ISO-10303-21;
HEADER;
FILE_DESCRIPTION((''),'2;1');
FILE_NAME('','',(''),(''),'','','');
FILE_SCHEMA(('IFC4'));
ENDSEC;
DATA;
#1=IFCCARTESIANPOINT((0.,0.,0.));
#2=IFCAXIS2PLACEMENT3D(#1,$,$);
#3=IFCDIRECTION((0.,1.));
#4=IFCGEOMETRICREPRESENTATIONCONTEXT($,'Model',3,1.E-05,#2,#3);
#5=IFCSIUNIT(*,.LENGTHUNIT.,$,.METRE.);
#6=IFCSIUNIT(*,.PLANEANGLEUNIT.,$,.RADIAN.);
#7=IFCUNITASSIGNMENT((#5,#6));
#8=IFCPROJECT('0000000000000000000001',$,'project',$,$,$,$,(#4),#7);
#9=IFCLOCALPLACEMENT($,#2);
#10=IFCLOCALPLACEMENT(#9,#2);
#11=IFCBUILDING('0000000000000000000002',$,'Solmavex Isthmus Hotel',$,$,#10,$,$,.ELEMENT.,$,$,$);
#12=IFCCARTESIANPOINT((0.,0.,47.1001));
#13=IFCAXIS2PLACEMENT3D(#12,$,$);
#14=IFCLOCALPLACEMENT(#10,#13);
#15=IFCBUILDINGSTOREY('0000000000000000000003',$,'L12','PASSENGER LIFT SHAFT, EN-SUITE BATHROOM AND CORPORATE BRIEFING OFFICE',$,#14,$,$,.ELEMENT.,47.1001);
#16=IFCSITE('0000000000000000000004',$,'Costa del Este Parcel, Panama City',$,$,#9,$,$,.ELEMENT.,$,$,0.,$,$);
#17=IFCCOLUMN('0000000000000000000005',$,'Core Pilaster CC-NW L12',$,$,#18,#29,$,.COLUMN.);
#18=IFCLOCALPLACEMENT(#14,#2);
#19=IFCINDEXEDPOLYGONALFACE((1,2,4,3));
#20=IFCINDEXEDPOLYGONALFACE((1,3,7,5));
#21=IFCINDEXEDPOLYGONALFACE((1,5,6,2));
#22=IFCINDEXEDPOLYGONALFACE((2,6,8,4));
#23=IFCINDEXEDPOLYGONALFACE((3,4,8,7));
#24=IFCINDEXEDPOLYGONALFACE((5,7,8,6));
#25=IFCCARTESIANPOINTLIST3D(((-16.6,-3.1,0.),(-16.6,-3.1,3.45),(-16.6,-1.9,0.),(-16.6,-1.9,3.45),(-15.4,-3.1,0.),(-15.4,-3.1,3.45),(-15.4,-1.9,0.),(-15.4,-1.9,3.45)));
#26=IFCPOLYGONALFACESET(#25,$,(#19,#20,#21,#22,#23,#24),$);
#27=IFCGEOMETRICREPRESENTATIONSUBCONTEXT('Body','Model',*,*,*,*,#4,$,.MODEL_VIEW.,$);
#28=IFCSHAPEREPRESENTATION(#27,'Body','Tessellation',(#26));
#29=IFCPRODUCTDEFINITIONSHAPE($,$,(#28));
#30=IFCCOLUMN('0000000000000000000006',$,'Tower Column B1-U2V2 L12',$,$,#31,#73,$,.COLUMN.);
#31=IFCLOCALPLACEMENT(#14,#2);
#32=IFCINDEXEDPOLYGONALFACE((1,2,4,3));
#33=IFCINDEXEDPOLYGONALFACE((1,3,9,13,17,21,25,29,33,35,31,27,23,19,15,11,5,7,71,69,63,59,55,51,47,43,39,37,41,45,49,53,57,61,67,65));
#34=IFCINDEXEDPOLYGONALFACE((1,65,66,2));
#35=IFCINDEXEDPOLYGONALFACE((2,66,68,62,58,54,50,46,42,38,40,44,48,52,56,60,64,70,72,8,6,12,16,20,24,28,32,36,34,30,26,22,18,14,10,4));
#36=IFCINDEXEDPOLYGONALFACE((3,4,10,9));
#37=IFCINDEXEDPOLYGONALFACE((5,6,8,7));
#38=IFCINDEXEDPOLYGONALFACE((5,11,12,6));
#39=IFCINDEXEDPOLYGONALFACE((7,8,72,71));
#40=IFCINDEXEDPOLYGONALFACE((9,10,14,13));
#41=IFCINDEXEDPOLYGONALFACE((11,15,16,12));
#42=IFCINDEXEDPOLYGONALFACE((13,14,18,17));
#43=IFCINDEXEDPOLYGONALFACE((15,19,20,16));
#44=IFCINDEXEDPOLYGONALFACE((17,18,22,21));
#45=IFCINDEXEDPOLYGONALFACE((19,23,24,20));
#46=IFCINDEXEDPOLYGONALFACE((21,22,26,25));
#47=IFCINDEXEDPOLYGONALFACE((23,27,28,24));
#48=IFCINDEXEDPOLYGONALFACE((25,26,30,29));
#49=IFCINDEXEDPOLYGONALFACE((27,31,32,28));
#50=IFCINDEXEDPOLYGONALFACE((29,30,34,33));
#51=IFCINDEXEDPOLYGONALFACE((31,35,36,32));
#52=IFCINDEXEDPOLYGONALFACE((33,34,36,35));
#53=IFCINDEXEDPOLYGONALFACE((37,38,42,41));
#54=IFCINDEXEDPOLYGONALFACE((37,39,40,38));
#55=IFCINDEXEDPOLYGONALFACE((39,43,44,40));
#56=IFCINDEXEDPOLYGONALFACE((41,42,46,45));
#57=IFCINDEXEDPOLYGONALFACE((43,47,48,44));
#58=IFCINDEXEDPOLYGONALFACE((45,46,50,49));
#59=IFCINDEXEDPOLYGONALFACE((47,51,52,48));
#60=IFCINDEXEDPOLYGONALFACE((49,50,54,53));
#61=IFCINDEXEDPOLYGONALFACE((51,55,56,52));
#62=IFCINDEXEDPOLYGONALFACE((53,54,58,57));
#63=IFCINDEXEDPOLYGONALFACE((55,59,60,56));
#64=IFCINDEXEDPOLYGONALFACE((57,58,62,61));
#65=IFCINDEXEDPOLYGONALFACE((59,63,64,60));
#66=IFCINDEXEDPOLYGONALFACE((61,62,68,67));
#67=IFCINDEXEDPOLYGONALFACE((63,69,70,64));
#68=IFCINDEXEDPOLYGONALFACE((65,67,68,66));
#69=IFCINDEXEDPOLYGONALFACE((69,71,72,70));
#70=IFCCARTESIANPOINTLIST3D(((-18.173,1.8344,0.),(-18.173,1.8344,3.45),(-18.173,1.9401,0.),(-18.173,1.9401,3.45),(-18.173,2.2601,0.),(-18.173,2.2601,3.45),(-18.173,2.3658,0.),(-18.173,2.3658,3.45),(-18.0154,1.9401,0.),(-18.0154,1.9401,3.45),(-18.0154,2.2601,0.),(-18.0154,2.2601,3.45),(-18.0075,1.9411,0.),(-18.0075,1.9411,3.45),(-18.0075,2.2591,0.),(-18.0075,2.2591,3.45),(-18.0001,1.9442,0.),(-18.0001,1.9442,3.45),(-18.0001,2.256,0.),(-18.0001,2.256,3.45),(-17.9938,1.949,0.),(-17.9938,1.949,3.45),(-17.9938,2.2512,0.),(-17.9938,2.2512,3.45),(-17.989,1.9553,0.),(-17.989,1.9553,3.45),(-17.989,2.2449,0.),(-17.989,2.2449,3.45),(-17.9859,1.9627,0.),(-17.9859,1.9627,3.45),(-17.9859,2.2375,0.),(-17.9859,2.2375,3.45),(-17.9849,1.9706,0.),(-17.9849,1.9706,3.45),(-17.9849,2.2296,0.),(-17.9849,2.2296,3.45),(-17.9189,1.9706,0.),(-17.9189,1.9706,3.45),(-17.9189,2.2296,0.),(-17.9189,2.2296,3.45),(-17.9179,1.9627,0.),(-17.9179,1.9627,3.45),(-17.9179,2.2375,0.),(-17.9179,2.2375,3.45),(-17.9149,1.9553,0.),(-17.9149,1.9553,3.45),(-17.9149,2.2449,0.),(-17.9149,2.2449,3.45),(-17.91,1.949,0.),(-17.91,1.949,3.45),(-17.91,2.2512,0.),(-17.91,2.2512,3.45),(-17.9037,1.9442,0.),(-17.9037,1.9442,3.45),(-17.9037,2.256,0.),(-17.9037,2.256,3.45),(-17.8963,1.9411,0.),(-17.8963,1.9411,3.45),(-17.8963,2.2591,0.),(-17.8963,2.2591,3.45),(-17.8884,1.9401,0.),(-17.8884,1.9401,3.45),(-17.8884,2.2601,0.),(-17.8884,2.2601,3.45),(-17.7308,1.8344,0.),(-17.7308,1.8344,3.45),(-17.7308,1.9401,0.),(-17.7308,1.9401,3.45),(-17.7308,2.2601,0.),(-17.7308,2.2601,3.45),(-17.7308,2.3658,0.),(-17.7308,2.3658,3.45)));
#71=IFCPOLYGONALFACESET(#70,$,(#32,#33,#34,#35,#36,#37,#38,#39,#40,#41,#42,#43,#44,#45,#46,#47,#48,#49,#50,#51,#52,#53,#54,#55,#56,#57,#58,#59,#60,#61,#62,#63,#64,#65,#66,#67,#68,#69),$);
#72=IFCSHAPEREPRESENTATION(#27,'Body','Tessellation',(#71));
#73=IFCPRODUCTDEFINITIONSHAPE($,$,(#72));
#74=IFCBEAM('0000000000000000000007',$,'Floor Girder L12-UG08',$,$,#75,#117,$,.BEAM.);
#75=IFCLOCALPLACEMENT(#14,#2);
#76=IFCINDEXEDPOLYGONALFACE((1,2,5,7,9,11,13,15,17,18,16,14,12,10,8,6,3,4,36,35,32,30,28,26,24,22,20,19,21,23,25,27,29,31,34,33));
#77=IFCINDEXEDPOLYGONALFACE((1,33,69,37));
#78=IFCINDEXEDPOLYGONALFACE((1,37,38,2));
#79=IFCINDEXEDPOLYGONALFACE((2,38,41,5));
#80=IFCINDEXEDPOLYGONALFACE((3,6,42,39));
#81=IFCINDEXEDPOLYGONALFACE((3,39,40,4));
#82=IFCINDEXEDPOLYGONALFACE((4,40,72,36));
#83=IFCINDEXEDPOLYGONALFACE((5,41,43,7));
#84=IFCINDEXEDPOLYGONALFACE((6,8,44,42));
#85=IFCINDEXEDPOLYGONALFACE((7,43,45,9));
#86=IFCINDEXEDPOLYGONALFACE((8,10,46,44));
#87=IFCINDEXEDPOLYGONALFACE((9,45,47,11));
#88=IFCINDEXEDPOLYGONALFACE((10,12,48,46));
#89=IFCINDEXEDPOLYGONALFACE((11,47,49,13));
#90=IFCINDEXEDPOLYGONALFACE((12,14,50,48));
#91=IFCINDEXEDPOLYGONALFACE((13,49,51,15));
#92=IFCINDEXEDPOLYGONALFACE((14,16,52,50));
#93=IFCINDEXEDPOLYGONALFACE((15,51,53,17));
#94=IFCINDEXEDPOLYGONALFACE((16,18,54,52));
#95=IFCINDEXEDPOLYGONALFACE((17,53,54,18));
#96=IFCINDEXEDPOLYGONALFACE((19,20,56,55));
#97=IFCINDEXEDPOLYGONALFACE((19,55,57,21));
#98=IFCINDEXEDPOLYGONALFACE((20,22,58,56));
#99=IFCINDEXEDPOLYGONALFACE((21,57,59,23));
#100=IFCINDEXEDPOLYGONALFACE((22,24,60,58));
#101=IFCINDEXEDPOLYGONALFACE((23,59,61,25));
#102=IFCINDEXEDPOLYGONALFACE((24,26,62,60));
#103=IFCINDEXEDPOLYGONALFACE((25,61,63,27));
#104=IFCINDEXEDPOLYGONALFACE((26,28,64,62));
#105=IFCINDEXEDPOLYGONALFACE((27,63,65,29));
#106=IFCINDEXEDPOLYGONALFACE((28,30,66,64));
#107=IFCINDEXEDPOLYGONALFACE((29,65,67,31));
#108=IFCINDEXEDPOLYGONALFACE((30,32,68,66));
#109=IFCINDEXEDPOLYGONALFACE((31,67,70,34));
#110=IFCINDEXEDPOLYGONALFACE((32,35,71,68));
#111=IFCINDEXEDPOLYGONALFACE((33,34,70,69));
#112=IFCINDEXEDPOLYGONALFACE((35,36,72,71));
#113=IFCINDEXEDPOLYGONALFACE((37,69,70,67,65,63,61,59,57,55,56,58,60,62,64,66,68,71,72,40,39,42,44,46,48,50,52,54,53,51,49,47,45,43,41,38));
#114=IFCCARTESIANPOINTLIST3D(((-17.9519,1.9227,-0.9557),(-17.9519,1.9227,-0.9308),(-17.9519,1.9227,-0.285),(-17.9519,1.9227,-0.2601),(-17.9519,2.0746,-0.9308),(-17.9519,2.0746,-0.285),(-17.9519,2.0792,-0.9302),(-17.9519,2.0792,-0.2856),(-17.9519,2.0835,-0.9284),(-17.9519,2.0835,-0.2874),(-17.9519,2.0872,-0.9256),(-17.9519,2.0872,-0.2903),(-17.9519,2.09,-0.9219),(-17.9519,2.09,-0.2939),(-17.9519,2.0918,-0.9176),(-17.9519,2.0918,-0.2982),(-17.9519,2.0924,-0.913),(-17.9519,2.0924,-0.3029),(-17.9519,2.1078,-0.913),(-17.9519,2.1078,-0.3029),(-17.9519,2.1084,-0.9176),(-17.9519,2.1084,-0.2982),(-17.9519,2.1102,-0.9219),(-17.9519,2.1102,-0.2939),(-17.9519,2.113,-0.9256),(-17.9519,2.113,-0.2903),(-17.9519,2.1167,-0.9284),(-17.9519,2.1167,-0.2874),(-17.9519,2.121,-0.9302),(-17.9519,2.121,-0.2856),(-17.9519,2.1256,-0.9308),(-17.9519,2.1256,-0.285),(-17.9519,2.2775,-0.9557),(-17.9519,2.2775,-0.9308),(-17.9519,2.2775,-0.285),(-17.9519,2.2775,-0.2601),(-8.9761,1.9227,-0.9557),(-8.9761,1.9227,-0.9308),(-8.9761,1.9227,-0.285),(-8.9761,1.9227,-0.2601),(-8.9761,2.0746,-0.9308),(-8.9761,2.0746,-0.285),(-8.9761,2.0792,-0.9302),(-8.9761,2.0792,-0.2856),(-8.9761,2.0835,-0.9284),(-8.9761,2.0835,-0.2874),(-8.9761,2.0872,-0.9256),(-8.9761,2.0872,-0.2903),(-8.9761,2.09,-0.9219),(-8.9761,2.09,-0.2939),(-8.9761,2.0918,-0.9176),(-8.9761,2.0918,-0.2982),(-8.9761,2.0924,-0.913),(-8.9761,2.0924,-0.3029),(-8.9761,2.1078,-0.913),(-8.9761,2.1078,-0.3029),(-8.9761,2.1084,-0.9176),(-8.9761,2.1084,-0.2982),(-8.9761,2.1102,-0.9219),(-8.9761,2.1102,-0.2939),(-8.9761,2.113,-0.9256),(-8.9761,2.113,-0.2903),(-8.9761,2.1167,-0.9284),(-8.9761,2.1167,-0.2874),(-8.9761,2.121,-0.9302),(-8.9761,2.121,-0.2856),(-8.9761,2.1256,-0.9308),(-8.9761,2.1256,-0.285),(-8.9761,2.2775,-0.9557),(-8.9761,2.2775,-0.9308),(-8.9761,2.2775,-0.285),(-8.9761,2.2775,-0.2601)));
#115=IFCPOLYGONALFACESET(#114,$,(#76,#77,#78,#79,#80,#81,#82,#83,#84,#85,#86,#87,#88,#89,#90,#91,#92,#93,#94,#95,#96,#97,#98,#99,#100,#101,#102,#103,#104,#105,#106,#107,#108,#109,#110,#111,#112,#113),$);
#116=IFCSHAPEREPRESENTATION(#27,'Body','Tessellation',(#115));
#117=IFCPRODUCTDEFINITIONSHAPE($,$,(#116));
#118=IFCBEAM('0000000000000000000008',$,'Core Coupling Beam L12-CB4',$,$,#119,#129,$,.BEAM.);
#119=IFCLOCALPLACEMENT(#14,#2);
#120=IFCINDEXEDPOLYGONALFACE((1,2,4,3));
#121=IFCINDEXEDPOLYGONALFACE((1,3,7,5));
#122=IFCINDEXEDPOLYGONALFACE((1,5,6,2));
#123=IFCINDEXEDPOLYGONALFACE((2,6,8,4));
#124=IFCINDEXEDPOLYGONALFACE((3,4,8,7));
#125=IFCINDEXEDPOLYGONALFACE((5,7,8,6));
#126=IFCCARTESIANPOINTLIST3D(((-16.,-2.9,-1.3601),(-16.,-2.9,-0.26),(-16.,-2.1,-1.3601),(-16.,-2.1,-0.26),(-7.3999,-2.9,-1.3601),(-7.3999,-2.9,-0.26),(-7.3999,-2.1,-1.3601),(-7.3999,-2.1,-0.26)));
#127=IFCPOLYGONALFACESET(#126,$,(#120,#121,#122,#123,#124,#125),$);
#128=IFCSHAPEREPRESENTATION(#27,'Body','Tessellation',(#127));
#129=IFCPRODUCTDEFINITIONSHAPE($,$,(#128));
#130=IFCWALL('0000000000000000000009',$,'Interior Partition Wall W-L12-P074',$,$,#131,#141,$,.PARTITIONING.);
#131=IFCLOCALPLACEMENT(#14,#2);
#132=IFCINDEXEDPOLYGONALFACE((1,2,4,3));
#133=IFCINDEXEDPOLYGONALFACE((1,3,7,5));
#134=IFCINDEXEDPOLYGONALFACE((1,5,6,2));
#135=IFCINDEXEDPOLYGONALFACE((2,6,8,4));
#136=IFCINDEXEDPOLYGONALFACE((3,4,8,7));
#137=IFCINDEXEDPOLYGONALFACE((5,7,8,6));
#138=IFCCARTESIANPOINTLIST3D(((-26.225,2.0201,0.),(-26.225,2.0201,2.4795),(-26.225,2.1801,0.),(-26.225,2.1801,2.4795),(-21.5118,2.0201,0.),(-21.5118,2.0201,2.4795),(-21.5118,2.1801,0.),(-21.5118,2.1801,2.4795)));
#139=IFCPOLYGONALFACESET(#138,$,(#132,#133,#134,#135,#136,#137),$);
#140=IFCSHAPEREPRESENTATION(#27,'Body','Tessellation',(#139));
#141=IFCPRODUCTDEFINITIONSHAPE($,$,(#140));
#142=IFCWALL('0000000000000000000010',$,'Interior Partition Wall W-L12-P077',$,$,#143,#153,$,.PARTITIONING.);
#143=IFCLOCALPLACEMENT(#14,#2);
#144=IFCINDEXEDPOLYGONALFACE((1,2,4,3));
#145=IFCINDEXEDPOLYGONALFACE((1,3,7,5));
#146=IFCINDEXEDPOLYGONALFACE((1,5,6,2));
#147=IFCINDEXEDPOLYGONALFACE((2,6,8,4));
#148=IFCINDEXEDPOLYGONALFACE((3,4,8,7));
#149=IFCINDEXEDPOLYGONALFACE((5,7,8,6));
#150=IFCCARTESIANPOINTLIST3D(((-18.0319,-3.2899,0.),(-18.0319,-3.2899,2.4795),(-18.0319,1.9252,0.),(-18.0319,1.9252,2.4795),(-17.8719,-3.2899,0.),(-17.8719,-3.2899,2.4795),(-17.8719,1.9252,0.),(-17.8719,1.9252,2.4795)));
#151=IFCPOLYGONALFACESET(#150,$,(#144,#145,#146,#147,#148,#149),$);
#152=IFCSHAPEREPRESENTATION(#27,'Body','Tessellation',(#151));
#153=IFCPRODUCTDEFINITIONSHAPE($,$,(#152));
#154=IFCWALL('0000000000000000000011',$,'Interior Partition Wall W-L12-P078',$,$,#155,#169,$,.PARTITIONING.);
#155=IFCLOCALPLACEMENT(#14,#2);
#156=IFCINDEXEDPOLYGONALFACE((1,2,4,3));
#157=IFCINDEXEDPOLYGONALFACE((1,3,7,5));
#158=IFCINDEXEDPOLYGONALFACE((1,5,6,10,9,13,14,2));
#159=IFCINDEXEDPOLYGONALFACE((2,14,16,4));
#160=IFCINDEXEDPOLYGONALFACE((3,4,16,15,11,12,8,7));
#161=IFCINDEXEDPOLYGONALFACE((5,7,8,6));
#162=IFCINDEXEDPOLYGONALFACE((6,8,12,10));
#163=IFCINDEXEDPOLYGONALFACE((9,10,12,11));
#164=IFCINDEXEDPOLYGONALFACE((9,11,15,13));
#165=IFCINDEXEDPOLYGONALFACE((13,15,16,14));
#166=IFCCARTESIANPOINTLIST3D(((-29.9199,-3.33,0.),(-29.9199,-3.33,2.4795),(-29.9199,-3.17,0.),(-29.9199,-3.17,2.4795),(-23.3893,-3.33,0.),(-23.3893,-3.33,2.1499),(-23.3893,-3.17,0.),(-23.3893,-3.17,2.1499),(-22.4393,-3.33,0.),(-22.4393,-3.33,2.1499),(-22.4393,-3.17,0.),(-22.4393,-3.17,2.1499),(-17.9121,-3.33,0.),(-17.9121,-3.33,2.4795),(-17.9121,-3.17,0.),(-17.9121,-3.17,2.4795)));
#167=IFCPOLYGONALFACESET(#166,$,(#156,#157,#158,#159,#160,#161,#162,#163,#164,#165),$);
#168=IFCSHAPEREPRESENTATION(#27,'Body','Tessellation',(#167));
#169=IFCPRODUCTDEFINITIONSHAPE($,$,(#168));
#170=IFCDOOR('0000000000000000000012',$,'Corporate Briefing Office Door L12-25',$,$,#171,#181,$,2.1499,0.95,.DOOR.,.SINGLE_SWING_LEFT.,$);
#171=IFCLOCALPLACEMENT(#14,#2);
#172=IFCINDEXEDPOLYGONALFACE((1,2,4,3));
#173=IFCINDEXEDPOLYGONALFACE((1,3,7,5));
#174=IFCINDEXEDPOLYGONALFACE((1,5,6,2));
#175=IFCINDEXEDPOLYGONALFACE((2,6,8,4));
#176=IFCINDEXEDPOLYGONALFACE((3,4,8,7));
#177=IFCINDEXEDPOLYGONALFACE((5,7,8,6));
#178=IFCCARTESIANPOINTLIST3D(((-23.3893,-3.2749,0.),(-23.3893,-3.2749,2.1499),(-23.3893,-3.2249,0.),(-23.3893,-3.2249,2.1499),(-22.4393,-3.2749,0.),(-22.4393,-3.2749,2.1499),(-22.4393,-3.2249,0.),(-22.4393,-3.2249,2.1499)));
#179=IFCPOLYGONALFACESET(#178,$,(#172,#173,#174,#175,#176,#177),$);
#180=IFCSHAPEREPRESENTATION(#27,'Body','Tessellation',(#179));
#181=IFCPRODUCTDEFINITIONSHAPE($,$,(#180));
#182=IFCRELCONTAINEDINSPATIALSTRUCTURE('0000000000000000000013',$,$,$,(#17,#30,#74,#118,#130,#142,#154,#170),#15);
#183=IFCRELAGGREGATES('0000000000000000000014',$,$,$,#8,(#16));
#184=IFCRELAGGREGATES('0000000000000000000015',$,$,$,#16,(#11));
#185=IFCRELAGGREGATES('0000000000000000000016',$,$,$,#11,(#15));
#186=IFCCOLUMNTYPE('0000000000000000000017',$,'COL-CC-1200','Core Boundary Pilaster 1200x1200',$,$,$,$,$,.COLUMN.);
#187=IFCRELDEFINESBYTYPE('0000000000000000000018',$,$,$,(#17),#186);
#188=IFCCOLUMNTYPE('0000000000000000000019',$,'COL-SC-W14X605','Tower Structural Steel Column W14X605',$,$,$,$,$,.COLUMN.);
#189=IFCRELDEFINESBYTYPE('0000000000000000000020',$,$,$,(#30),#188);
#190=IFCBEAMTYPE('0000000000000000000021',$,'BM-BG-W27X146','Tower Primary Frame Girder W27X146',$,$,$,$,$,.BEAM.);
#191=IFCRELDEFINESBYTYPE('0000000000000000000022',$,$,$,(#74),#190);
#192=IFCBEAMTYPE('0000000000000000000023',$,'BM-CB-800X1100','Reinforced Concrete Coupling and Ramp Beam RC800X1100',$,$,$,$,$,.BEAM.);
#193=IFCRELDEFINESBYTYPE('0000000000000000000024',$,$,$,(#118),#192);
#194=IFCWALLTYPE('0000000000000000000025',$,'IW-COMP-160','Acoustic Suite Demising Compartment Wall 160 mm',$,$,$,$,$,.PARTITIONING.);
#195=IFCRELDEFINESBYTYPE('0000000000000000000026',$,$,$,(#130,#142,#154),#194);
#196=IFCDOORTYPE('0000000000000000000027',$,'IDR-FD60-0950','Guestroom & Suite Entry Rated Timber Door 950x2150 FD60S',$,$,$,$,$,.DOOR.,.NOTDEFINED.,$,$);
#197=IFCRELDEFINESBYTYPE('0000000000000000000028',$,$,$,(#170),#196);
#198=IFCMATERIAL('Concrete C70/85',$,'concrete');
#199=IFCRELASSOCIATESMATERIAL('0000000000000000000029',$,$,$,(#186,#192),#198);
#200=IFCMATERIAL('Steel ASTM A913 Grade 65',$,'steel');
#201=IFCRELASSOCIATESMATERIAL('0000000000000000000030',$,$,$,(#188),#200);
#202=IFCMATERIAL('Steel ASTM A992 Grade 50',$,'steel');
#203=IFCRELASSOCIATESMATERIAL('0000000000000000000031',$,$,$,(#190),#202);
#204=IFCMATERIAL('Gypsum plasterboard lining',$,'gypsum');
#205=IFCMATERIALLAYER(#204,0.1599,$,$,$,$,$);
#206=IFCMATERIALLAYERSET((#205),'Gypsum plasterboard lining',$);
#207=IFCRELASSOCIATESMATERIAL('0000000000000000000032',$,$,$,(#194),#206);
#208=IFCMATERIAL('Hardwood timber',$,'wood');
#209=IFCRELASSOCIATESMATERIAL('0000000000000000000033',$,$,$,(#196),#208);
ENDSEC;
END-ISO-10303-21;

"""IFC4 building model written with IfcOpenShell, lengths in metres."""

from ifc_helpers import new_model, si_unit, direction, frame, frame_2d, origin, origin_2d, place, context, subcontext, project, spatial, rectangle, i_section, extrude, material, layer, layer_set, material_profile, profile_set, type_object, element, fill, save


model = new_model("IFC4")

# Units and contexts
model_context = context("Model", 3, precision=1e-05, world=origin(), true_north=direction((0.0, 1.0)))
body_context = subcontext(model_context, "Body", "Model", "MODEL_VIEW")
ifc_project = project(units=[si_unit("LENGTHUNIT", "METRE"), si_unit("PLANEANGLEUNIT", "RADIAN")], contexts=[model_context])

# Site, building, storey
site_placement = place(None, origin())
site = spatial("IfcSite", under=ifc_project, at=site_placement, Name="Costa del Este Parcel, Panama City", CompositionType="ELEMENT", RefElevation=0.0)
building_placement = place(site_placement, origin())
building = spatial("IfcBuilding", under=site, at=building_placement, Name="Solmavex Isthmus Hotel", CompositionType="ELEMENT")
storey_placement = place(building_placement, frame((0.0, 0.0, 47.1001)))
storey = spatial("IfcBuildingStorey", under=building, at=storey_placement, Name="L12", Description="PASSENGER LIFT SHAFT, EN-SUITE BATHROOM AND CORPORATE BRIEFING OFFICE", CompositionType="ELEMENT", Elevation=47.1001)

# Columns
ifc_material_1 = material(Name="Concrete C70/85", Category="concrete")
ifc_material_profile_1 = material_profile(ifc_material_1, rectangle(XDim=1.2, YDim=1.2, at=origin_2d()), Name="RC1200X1200")
ifc_profile_set_1 = profile_set([ifc_material_profile_1], Name="Concrete C70/85")
column_type_1 = type_object("IfcColumnType", Name="COL-CC-1200", Description="Core Boundary Pilaster 1200x1200", PredefinedType="COLUMN", material=ifc_profile_set_1)
column_1_placement = place(storey_placement, frame((-16.0, -2.5, 0.0), z_axis=(0.0, 0.0, 1.0), x_axis=(1.0, 0.0, 0.0)))
element("IfcColumn", 1, at=column_1_placement, inside=storey, type_object=column_type_1, Name="Core Pilaster CC-NW L12", PredefinedType="COLUMN", context=body_context, shape_type="SweptSolid", body=[
    extrude(rectangle(XDim=1.2, YDim=1.2, at=origin_2d()), origin(), (0.0, 0.0, 1.0), 3.45),
])
ifc_material_2 = material(Name="Steel ASTM A913 Grade 65", Category="steel")
ifc_material_profile_2 = material_profile(ifc_material_2, i_section(OverallWidth=0.4421, OverallDepth=0.5315, WebThickness=0.0659, FlangeThickness=0.1057, FilletRadius=0.0305, at=origin_2d()), Name="W14X605")
ifc_profile_set_2 = profile_set([ifc_material_profile_2], Name="Steel ASTM A913 Grade 65")
column_type_2 = type_object("IfcColumnType", Name="COL-SC-W14X605", Description="Tower Structural Steel Column W14X605", PredefinedType="COLUMN", material=ifc_profile_set_2)
column_2_placement = place(storey_placement, frame((-17.9519, 2.1001, 0.0), z_axis=(0.0, 0.0, 1.0), x_axis=(1.0, 0.0, 0.0)))
element("IfcColumn", 2, at=column_2_placement, inside=storey, type_object=column_type_2, Name="Tower Column B1-U2V2 L12", PredefinedType="COLUMN", context=body_context, shape_type="SweptSolid", body=[
    extrude(i_section(OverallWidth=0.4421, OverallDepth=0.5315, WebThickness=0.0659, FlangeThickness=0.1057, FilletRadius=0.0305, at=origin_2d()), origin(), (0.0, 0.0, 1.0), 3.45),
])

# Beams
ifc_material_3 = material(Name="Steel ASTM A992 Grade 50", Category="steel")
ifc_material_profile_3 = material_profile(ifc_material_3, i_section(OverallWidth=0.3547, OverallDepth=0.6956, WebThickness=0.0154, FlangeThickness=0.0249, FilletRadius=0.0178, at=origin_2d()), Name="W27X146")
ifc_profile_set_3 = profile_set([ifc_material_profile_3], Name="Steel ASTM A992 Grade 50")
beam_type_1 = type_object("IfcBeamType", Name="BM-BG-W27X146", Description="Tower Primary Frame Girder W27X146", PredefinedType="BEAM", material=ifc_profile_set_3)
beam_1_placement = place(storey_placement, frame((-17.9519, 2.1001, -0.6079), z_axis=(1.0, 0.0, 0.0), x_axis=(0.0, 1.0, 0.0)))
element("IfcBeam", 3, at=beam_1_placement, inside=storey, type_object=beam_type_1, Name="Floor Girder L12-UG08", PredefinedType="BEAM", context=body_context, shape_type="SweptSolid", body=[
    extrude(i_section(OverallWidth=0.3547, OverallDepth=0.6956, WebThickness=0.0154, FlangeThickness=0.0249, FilletRadius=0.0178, at=origin_2d()), origin(), (0.0, 0.0, 1.0), 8.9758),
])
ifc_material_profile_4 = material_profile(ifc_material_1, rectangle(XDim=0.8, YDim=1.1001, at=origin_2d()), Name="RC800X1100")
ifc_profile_set_4 = profile_set([ifc_material_profile_4], Name="Concrete C70/85")
beam_type_2 = type_object("IfcBeamType", Name="BM-CB-800X1100", Description="Reinforced Concrete Coupling and Ramp Beam RC800X1100", PredefinedType="BEAM", material=ifc_profile_set_4)
beam_2_placement = place(storey_placement, frame((-16.0, -2.5, -0.8101), z_axis=(1.0, 0.0, 0.0), x_axis=(0.0, 1.0, 0.0)))
element("IfcBeam", 4, at=beam_2_placement, inside=storey, type_object=beam_type_2, Name="Core Coupling Beam L12-CB4", PredefinedType="BEAM", context=body_context, shape_type="SweptSolid", body=[
    extrude(rectangle(XDim=0.8, YDim=1.1001, at=origin_2d()), origin(), (0.0, 0.0, 1.0), 8.6001),
])

# Walls
ifc_material_4 = material(Name="Gypsum plasterboard lining", Category="gypsum")
ifc_layer_1 = layer(ifc_material_4, 0.1599)
ifc_layer_set_1 = layer_set([ifc_layer_1], Name="Gypsum plasterboard lining")
wall_type_1 = type_object("IfcWallType", Name="IW-COMP-160", Description="Acoustic Suite Demising Compartment Wall 160 mm", PredefinedType="PARTITIONING", material=ifc_layer_set_1)
wall_1_placement = place(storey_placement, frame((-21.512, 2.1001, 0.0), z_axis=(0.0, 0.0, 1.0), x_axis=(-1.0, 0.0, 0.0)))
element("IfcWall", 5, at=wall_1_placement, inside=storey, type_object=wall_type_1, Name="Interior Partition Wall W-L12-P074", PredefinedType="PARTITIONING", context=body_context, shape_type="SweptSolid", body=[
    extrude(rectangle(XDim=4.7131, YDim=0.1599, at=frame_2d((2.3564, 0.0))), origin(), (0.0, 0.0, 1.0), 2.4795),
])
wall_2_placement = place(storey_placement, frame((-17.9519, 1.925, 0.0), z_axis=(0.0, 0.0, 1.0), x_axis=(0.0, -1.0, 0.0)))
element("IfcWall", 6, at=wall_2_placement, inside=storey, type_object=wall_type_1, Name="Interior Partition Wall W-L12-P077", PredefinedType="PARTITIONING", context=body_context, shape_type="SweptSolid", body=[
    extrude(rectangle(XDim=5.2151, YDim=0.1599, at=frame_2d((2.6074, 0.0))), origin(), (0.0, 0.0, 1.0), 2.4795),
])

# Wall, opening, door
wall_3_placement = place(storey_placement, frame((-17.9121, -3.25, 0.0), z_axis=(0.0, 0.0, 1.0), x_axis=(-1.0, 0.0, 0.0)))
wall_3 = element("IfcWall", 7, at=wall_3_placement, inside=storey, type_object=wall_type_1, Name="Interior Partition Wall W-L12-P078", PredefinedType="PARTITIONING", context=body_context, shape_type="SweptSolid", body=[
    extrude(rectangle(XDim=12.0078, YDim=0.1599, at=frame_2d((6.0039, 0.0))), origin(), (0.0, 0.0, 1.0), 2.4795),
])
opening_1_placement = place(wall_3_placement, frame((4.5271, 0.0, 0.0)))
opening_1 = element("IfcOpeningElement", 8, at=opening_1_placement, cuts=wall_3, PredefinedType="OPENING", context=body_context, shape_type="SweptSolid", body=[
    extrude(rectangle(XDim=0.95, YDim=2.1499, at=frame_2d((0.4751, 1.075))), frame((0.0, 0.0898, 0.0), z_axis=(0.0, -1.0, 0.0), x_axis=(1.0, 0.0, 0.0)), (0.0, 0.0, 1.0), 0.1799),
])
ifc_material_5 = material(Name="Hardwood timber", Category="wood")
door_type_1 = type_object("IfcDoorType", Name="IDR-FD60-0950", Description="Guestroom & Suite Entry Rated Timber Door 950x2150 FD60S", OperationType="NOTDEFINED", PredefinedType="DOOR", material=ifc_material_5)
door_1_placement = place(opening_1_placement, origin())
door_1 = element("IfcDoor", 9, at=door_1_placement, inside=storey, type_object=door_type_1, Name="Corporate Briefing Office Door L12-25", OperationType="SINGLE_SWING_LEFT", OverallHeight=2.1499, OverallWidth=0.95, PredefinedType="DOOR", context=body_context, shape_type="SweptSolid", body=[
    extrude(rectangle(XDim=0.95, YDim=2.1499, at=frame_2d((0.4751, 1.075))), frame((0.0, 0.0249, 0.0), z_axis=(0.0, -1.0, 0.0), x_axis=(1.0, 0.0, 0.0)), (0.0, 0.0, 1.0), 0.05),
])
fill(opening_1, door_1)

save(model, "model.ifc")
